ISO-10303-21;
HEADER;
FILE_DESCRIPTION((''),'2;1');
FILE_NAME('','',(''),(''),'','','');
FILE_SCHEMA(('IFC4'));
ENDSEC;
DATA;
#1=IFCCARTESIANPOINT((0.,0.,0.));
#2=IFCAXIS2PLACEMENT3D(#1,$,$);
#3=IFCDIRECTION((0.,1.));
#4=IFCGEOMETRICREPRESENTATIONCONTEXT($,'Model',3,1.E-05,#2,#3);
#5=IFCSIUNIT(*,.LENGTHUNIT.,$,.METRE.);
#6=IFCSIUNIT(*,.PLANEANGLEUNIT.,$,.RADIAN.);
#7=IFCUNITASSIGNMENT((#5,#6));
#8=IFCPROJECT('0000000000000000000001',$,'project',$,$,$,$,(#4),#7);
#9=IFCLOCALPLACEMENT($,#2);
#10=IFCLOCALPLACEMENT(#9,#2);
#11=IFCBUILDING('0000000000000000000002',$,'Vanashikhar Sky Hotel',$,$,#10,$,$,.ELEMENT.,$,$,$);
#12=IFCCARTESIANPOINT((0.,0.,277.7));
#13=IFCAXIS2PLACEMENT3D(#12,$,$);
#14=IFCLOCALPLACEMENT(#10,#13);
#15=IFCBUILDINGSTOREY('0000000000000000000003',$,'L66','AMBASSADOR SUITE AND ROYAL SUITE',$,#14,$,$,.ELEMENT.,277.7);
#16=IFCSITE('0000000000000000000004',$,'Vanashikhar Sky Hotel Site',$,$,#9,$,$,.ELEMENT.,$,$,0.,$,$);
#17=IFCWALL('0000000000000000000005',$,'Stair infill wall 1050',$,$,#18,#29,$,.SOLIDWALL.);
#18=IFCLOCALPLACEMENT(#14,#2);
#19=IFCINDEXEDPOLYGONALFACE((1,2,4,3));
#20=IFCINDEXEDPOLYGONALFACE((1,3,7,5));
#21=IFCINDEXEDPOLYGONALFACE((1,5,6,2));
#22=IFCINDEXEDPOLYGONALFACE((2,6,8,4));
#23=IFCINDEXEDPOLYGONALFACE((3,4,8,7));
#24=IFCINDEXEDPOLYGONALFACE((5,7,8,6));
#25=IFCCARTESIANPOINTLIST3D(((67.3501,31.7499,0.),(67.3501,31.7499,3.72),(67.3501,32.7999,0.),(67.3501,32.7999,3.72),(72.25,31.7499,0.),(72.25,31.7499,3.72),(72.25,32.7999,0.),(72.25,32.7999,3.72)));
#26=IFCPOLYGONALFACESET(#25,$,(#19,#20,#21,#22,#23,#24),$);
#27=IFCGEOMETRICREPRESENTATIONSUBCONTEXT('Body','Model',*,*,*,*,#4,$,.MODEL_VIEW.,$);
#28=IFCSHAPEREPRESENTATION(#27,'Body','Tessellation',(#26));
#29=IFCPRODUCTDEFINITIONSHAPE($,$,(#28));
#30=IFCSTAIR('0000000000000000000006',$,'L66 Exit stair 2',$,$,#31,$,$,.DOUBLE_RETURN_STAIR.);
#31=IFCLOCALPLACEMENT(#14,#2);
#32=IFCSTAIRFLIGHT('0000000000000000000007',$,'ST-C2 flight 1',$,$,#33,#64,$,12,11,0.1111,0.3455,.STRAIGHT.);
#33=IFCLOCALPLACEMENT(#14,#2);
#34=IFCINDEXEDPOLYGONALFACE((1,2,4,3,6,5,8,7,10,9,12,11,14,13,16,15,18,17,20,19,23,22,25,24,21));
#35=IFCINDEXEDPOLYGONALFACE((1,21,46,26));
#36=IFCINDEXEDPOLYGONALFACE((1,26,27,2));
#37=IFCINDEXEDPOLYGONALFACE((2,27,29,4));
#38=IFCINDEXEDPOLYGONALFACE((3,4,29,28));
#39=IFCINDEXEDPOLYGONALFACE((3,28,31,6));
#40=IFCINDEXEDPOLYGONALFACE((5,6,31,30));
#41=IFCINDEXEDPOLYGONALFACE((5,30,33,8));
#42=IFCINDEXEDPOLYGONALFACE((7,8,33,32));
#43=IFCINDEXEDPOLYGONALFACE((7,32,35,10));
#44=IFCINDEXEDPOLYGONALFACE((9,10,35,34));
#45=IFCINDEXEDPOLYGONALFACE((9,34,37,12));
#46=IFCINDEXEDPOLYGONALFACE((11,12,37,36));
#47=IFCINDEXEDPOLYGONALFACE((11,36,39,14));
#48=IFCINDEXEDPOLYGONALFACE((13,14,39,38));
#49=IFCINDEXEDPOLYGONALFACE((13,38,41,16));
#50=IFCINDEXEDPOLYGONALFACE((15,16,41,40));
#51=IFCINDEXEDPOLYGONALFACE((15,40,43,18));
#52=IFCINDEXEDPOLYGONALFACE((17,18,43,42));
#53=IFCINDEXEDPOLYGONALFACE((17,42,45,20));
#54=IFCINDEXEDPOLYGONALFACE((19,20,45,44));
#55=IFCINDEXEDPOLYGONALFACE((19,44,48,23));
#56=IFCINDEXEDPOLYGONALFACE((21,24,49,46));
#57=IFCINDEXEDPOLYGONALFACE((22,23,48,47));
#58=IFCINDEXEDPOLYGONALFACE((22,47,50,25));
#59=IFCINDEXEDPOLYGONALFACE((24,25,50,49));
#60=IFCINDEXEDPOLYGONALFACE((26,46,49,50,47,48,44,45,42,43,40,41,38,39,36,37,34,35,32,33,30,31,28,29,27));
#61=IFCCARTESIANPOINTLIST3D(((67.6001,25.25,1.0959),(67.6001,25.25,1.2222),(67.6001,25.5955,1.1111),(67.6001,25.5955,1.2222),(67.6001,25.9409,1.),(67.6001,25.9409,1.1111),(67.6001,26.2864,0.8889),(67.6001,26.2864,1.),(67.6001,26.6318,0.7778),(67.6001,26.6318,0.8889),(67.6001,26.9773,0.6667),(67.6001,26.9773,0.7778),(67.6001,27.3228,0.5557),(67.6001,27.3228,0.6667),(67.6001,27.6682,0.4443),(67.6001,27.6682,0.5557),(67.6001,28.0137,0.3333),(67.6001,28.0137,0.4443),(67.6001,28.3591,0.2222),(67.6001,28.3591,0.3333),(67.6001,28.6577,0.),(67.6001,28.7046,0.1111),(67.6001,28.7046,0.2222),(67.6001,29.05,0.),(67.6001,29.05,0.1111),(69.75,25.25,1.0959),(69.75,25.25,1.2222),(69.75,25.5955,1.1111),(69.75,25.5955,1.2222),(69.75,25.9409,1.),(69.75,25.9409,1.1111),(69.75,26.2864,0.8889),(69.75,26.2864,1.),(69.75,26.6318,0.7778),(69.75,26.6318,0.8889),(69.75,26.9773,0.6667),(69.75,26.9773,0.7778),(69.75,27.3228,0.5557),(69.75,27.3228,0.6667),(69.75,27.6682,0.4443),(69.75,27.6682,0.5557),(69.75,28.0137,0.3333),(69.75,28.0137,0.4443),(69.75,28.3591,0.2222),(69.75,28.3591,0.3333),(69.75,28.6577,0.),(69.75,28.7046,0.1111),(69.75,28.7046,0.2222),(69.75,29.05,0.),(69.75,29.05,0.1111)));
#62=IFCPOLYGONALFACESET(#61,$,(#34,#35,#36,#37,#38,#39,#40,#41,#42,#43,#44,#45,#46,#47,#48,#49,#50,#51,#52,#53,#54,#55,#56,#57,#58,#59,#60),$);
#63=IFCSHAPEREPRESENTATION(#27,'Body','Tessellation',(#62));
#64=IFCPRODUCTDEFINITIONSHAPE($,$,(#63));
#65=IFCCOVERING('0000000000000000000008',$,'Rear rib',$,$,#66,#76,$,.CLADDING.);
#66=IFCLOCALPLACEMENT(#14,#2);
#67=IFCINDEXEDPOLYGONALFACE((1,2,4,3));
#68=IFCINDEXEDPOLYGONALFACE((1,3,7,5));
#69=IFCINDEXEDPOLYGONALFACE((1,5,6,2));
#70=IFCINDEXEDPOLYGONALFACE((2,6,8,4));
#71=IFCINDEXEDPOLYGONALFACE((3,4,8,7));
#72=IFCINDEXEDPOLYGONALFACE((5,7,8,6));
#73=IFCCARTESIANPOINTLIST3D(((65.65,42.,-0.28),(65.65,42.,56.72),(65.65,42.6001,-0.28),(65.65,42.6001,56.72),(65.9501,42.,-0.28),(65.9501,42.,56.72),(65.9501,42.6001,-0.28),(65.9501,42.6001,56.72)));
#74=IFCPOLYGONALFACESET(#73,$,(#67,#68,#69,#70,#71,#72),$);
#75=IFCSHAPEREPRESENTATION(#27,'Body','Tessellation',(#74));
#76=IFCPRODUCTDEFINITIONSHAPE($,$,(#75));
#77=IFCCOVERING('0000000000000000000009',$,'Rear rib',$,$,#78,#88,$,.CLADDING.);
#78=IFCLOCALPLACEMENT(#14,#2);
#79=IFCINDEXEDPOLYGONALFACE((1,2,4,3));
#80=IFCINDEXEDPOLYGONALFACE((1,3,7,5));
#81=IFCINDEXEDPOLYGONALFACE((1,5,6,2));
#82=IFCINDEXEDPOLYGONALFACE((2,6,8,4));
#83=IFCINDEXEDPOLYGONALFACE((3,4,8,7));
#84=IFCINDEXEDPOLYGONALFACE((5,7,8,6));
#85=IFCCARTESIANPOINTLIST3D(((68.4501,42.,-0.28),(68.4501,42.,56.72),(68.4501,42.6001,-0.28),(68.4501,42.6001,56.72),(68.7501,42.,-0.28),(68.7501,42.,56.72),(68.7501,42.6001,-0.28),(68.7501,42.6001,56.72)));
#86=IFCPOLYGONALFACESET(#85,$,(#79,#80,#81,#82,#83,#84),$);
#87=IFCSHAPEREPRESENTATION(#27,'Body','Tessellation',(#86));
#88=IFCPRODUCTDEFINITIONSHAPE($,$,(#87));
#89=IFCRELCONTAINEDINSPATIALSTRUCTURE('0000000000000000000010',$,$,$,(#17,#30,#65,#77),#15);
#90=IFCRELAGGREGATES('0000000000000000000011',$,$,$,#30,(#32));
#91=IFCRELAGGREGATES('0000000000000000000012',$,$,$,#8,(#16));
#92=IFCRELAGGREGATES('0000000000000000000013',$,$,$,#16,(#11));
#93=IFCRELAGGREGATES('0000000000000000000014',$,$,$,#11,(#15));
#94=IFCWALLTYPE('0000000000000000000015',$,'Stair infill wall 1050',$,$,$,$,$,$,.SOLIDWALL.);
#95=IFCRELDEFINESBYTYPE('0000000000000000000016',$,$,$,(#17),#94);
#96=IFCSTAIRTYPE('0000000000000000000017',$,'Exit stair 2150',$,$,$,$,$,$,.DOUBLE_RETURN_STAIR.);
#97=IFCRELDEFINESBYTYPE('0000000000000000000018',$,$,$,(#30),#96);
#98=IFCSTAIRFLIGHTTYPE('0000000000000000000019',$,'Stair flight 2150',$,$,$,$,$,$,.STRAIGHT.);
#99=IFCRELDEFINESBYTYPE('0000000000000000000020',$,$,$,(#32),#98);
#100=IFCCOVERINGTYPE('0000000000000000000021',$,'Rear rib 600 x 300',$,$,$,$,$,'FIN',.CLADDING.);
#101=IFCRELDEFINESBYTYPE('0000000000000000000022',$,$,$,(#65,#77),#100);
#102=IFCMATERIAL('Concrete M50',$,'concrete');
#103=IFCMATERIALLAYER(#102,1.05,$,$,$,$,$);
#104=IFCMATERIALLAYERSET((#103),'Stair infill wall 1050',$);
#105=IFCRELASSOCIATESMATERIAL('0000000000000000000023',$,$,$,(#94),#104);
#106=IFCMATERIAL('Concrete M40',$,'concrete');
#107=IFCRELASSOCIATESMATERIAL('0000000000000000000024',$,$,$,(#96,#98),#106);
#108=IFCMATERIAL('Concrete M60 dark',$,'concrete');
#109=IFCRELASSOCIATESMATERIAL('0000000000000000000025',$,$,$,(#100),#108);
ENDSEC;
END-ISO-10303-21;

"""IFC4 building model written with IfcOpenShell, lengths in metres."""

from ifc_helpers import new_model, si_unit, direction, frame, frame_2d, origin, origin_2d, place, context, subcontext, project, spatial, polyline, rectangle, outline, extrude, source, transform, mapped, material, layer, layer_set, material_profile, profile_set, type_object, element, aggregate, save


model = new_model("IFC4")

# Units and contexts
model_context = context("Model", 3, precision=1e-05, world=origin(), true_north=direction((0.0, 1.0)))
body_context = subcontext(model_context, "Body", "Model", "MODEL_VIEW")
ifc_project = project(units=[si_unit("LENGTHUNIT", "METRE"), si_unit("PLANEANGLEUNIT", "RADIAN")], contexts=[model_context])

# Site, building, storey
site_placement = place(None, origin())
site = spatial("IfcSite", under=ifc_project, at=site_placement, Name="Vanashikhar Sky Hotel Site", CompositionType="ELEMENT", RefElevation=0.0)
building_placement = place(site_placement, origin())
building = spatial("IfcBuilding", under=site, at=building_placement, Name="Vanashikhar Sky Hotel", CompositionType="ELEMENT")
storey_placement = place(building_placement, frame((0.0, 0.0, 277.7)))
storey = spatial("IfcBuildingStorey", under=building, at=storey_placement, Name="L66", Description="AMBASSADOR SUITE AND ROYAL SUITE", CompositionType="ELEMENT", Elevation=277.7)

# Shared definitions
ifc_material_1 = material(Name="Concrete M50", Category="concrete")

# Shared definitions
ifc_material_2 = material(Name="Concrete M40", Category="concrete")

# Wall
ifc_layer_1 = layer(ifc_material_1, 1.05)
ifc_layer_set_1 = layer_set([ifc_layer_1], Name="Stair infill wall 1050")
wall_type_1 = type_object("IfcWallType", Name="Stair infill wall 1050", PredefinedType="SOLIDWALL", material=ifc_layer_set_1)
shared_shape_1 = source(origin(), body_context, "Body", "SweptSolid", [
    extrude(rectangle(XDim=4.8999, YDim=1.05, at=frame_2d((2.45, 0.0))), origin(), (0.0, 0.0, 1.0), 3.72),
])
wall_1_placement = place(storey_placement, frame((67.3501, 32.2749, 0.0), z_axis=(0.0, 0.0, 1.0), x_axis=(1.0, 0.0, 0.0)))
element("IfcWall", 1, at=wall_1_placement, inside=storey, type_object=wall_type_1, Name="Stair infill wall 1050", PredefinedType="SOLIDWALL", context=body_context, shape_type="MappedRepresentation", body=[
    mapped(shared_shape_1, transform((0.0, 0.0, 0.0), scale=1.0)),
])

# Stair, stair flight
stair_type = type_object("IfcStairType", Name="Exit stair 2150", PredefinedType="DOUBLE_RETURN_STAIR", material=ifc_material_2)
stair_placement = place(storey_placement, origin())
stair = element("IfcStair", 2, at=stair_placement, inside=storey, type_object=stair_type, Name="L66 Exit stair 2", PredefinedType="DOUBLE_RETURN_STAIR")
stair_flight_type = type_object("IfcStairFlightType", Name="Stair flight 2150", PredefinedType="STRAIGHT", material=ifc_material_2)
shared_shape_2 = source(origin(), body_context, "Body", "SweptSolid", [
    extrude(outline(polyline([(0.0, 0.0), (0.0, 0.1111), (0.3455, 0.1111), (0.3455, 0.2222), (0.6909, 0.2222), (0.6909, 0.3333), (1.0364, 0.3333), (1.0364, 0.4443), (1.3818, 0.4443), (1.3818, 0.5557), (1.7273, 0.5557), (1.7273, 0.6667), (2.0728, 0.6667), (2.0728, 0.7778), (2.4182, 0.7778), (2.4182, 0.8889), (2.7637, 0.8889), (2.7637, 1.0), (3.1091, 1.0), (3.1091, 1.1111), (3.4546, 1.1111), (3.4546, 1.2222), (3.8, 1.2222), (3.8, 1.3333), (3.8, 1.0959), (0.3923, 0.0), (0.0, 0.0)])), frame((0.0, 1.075, 0.0), z_axis=(0.0, -1.0, 0.0), x_axis=(1.0, 0.0, 0.0)), (0.0, 0.0, 1.0), 2.1499),
])
stair_flight_placement = place(storey_placement, frame((68.675, 29.05, 0.0), z_axis=(0.0, 0.0, 1.0), x_axis=(0.0, -1.0, 0.0)))
stair_flight = element("IfcStairFlight", 3, at=stair_flight_placement, type_object=stair_flight_type, Name="ST-C2 flight 1", NumberOfRisers=12, NumberOfTreads=11, PredefinedType="STRAIGHT", RiserHeight=0.1111, TreadLength=0.3455, context=body_context, shape_type="MappedRepresentation", body=[
    mapped(shared_shape_2, transform((0.0, 0.0, 0.0), scale=1.0)),
])
aggregate(stair, [stair_flight])

# Coverings
ifc_material_3 = material(Name="Concrete M60 dark", Category="concrete")
ifc_material_profile = material_profile(ifc_material_3, rectangle(XDim=0.6001, YDim=0.3, at=origin_2d()))
ifc_profile_set = profile_set([ifc_material_profile], Name="Rear rib 600 x 300")
covering_type = type_object("IfcCoveringType", Name="Rear rib 600 x 300", ElementType="FIN", PredefinedType="CLADDING", material=ifc_profile_set)
shared_shape_3 = source(origin(), body_context, "Body", "SweptSolid", [
    extrude(rectangle(XDim=0.6001, YDim=0.3, at=origin_2d()), origin(), (0.0, 0.0, 1.0), 57.0),
])
for number, where, z_axis, x_axis, name in (
    (4, (65.8, 42.3, -0.28), (0.0, 0.0, 1.0), (0.0, 1.0, 0.0), "Rear rib"),
    (5, (68.6001, 42.3, -0.28), (0.0, 0.0, 1.0), (0.0, 1.0, 0.0), "Rear rib"),
):
    element("IfcCovering", number, at=place(storey_placement, frame(where, z_axis=z_axis, x_axis=x_axis)), inside=storey, type_object=covering_type, Name=name, PredefinedType="CLADDING", context=body_context, shape_type="MappedRepresentation", body=[
        mapped(shared_shape_3, transform((0.0, 0.0, 0.0), scale=1.0)),
    ])

save(model, "model.ifc")
